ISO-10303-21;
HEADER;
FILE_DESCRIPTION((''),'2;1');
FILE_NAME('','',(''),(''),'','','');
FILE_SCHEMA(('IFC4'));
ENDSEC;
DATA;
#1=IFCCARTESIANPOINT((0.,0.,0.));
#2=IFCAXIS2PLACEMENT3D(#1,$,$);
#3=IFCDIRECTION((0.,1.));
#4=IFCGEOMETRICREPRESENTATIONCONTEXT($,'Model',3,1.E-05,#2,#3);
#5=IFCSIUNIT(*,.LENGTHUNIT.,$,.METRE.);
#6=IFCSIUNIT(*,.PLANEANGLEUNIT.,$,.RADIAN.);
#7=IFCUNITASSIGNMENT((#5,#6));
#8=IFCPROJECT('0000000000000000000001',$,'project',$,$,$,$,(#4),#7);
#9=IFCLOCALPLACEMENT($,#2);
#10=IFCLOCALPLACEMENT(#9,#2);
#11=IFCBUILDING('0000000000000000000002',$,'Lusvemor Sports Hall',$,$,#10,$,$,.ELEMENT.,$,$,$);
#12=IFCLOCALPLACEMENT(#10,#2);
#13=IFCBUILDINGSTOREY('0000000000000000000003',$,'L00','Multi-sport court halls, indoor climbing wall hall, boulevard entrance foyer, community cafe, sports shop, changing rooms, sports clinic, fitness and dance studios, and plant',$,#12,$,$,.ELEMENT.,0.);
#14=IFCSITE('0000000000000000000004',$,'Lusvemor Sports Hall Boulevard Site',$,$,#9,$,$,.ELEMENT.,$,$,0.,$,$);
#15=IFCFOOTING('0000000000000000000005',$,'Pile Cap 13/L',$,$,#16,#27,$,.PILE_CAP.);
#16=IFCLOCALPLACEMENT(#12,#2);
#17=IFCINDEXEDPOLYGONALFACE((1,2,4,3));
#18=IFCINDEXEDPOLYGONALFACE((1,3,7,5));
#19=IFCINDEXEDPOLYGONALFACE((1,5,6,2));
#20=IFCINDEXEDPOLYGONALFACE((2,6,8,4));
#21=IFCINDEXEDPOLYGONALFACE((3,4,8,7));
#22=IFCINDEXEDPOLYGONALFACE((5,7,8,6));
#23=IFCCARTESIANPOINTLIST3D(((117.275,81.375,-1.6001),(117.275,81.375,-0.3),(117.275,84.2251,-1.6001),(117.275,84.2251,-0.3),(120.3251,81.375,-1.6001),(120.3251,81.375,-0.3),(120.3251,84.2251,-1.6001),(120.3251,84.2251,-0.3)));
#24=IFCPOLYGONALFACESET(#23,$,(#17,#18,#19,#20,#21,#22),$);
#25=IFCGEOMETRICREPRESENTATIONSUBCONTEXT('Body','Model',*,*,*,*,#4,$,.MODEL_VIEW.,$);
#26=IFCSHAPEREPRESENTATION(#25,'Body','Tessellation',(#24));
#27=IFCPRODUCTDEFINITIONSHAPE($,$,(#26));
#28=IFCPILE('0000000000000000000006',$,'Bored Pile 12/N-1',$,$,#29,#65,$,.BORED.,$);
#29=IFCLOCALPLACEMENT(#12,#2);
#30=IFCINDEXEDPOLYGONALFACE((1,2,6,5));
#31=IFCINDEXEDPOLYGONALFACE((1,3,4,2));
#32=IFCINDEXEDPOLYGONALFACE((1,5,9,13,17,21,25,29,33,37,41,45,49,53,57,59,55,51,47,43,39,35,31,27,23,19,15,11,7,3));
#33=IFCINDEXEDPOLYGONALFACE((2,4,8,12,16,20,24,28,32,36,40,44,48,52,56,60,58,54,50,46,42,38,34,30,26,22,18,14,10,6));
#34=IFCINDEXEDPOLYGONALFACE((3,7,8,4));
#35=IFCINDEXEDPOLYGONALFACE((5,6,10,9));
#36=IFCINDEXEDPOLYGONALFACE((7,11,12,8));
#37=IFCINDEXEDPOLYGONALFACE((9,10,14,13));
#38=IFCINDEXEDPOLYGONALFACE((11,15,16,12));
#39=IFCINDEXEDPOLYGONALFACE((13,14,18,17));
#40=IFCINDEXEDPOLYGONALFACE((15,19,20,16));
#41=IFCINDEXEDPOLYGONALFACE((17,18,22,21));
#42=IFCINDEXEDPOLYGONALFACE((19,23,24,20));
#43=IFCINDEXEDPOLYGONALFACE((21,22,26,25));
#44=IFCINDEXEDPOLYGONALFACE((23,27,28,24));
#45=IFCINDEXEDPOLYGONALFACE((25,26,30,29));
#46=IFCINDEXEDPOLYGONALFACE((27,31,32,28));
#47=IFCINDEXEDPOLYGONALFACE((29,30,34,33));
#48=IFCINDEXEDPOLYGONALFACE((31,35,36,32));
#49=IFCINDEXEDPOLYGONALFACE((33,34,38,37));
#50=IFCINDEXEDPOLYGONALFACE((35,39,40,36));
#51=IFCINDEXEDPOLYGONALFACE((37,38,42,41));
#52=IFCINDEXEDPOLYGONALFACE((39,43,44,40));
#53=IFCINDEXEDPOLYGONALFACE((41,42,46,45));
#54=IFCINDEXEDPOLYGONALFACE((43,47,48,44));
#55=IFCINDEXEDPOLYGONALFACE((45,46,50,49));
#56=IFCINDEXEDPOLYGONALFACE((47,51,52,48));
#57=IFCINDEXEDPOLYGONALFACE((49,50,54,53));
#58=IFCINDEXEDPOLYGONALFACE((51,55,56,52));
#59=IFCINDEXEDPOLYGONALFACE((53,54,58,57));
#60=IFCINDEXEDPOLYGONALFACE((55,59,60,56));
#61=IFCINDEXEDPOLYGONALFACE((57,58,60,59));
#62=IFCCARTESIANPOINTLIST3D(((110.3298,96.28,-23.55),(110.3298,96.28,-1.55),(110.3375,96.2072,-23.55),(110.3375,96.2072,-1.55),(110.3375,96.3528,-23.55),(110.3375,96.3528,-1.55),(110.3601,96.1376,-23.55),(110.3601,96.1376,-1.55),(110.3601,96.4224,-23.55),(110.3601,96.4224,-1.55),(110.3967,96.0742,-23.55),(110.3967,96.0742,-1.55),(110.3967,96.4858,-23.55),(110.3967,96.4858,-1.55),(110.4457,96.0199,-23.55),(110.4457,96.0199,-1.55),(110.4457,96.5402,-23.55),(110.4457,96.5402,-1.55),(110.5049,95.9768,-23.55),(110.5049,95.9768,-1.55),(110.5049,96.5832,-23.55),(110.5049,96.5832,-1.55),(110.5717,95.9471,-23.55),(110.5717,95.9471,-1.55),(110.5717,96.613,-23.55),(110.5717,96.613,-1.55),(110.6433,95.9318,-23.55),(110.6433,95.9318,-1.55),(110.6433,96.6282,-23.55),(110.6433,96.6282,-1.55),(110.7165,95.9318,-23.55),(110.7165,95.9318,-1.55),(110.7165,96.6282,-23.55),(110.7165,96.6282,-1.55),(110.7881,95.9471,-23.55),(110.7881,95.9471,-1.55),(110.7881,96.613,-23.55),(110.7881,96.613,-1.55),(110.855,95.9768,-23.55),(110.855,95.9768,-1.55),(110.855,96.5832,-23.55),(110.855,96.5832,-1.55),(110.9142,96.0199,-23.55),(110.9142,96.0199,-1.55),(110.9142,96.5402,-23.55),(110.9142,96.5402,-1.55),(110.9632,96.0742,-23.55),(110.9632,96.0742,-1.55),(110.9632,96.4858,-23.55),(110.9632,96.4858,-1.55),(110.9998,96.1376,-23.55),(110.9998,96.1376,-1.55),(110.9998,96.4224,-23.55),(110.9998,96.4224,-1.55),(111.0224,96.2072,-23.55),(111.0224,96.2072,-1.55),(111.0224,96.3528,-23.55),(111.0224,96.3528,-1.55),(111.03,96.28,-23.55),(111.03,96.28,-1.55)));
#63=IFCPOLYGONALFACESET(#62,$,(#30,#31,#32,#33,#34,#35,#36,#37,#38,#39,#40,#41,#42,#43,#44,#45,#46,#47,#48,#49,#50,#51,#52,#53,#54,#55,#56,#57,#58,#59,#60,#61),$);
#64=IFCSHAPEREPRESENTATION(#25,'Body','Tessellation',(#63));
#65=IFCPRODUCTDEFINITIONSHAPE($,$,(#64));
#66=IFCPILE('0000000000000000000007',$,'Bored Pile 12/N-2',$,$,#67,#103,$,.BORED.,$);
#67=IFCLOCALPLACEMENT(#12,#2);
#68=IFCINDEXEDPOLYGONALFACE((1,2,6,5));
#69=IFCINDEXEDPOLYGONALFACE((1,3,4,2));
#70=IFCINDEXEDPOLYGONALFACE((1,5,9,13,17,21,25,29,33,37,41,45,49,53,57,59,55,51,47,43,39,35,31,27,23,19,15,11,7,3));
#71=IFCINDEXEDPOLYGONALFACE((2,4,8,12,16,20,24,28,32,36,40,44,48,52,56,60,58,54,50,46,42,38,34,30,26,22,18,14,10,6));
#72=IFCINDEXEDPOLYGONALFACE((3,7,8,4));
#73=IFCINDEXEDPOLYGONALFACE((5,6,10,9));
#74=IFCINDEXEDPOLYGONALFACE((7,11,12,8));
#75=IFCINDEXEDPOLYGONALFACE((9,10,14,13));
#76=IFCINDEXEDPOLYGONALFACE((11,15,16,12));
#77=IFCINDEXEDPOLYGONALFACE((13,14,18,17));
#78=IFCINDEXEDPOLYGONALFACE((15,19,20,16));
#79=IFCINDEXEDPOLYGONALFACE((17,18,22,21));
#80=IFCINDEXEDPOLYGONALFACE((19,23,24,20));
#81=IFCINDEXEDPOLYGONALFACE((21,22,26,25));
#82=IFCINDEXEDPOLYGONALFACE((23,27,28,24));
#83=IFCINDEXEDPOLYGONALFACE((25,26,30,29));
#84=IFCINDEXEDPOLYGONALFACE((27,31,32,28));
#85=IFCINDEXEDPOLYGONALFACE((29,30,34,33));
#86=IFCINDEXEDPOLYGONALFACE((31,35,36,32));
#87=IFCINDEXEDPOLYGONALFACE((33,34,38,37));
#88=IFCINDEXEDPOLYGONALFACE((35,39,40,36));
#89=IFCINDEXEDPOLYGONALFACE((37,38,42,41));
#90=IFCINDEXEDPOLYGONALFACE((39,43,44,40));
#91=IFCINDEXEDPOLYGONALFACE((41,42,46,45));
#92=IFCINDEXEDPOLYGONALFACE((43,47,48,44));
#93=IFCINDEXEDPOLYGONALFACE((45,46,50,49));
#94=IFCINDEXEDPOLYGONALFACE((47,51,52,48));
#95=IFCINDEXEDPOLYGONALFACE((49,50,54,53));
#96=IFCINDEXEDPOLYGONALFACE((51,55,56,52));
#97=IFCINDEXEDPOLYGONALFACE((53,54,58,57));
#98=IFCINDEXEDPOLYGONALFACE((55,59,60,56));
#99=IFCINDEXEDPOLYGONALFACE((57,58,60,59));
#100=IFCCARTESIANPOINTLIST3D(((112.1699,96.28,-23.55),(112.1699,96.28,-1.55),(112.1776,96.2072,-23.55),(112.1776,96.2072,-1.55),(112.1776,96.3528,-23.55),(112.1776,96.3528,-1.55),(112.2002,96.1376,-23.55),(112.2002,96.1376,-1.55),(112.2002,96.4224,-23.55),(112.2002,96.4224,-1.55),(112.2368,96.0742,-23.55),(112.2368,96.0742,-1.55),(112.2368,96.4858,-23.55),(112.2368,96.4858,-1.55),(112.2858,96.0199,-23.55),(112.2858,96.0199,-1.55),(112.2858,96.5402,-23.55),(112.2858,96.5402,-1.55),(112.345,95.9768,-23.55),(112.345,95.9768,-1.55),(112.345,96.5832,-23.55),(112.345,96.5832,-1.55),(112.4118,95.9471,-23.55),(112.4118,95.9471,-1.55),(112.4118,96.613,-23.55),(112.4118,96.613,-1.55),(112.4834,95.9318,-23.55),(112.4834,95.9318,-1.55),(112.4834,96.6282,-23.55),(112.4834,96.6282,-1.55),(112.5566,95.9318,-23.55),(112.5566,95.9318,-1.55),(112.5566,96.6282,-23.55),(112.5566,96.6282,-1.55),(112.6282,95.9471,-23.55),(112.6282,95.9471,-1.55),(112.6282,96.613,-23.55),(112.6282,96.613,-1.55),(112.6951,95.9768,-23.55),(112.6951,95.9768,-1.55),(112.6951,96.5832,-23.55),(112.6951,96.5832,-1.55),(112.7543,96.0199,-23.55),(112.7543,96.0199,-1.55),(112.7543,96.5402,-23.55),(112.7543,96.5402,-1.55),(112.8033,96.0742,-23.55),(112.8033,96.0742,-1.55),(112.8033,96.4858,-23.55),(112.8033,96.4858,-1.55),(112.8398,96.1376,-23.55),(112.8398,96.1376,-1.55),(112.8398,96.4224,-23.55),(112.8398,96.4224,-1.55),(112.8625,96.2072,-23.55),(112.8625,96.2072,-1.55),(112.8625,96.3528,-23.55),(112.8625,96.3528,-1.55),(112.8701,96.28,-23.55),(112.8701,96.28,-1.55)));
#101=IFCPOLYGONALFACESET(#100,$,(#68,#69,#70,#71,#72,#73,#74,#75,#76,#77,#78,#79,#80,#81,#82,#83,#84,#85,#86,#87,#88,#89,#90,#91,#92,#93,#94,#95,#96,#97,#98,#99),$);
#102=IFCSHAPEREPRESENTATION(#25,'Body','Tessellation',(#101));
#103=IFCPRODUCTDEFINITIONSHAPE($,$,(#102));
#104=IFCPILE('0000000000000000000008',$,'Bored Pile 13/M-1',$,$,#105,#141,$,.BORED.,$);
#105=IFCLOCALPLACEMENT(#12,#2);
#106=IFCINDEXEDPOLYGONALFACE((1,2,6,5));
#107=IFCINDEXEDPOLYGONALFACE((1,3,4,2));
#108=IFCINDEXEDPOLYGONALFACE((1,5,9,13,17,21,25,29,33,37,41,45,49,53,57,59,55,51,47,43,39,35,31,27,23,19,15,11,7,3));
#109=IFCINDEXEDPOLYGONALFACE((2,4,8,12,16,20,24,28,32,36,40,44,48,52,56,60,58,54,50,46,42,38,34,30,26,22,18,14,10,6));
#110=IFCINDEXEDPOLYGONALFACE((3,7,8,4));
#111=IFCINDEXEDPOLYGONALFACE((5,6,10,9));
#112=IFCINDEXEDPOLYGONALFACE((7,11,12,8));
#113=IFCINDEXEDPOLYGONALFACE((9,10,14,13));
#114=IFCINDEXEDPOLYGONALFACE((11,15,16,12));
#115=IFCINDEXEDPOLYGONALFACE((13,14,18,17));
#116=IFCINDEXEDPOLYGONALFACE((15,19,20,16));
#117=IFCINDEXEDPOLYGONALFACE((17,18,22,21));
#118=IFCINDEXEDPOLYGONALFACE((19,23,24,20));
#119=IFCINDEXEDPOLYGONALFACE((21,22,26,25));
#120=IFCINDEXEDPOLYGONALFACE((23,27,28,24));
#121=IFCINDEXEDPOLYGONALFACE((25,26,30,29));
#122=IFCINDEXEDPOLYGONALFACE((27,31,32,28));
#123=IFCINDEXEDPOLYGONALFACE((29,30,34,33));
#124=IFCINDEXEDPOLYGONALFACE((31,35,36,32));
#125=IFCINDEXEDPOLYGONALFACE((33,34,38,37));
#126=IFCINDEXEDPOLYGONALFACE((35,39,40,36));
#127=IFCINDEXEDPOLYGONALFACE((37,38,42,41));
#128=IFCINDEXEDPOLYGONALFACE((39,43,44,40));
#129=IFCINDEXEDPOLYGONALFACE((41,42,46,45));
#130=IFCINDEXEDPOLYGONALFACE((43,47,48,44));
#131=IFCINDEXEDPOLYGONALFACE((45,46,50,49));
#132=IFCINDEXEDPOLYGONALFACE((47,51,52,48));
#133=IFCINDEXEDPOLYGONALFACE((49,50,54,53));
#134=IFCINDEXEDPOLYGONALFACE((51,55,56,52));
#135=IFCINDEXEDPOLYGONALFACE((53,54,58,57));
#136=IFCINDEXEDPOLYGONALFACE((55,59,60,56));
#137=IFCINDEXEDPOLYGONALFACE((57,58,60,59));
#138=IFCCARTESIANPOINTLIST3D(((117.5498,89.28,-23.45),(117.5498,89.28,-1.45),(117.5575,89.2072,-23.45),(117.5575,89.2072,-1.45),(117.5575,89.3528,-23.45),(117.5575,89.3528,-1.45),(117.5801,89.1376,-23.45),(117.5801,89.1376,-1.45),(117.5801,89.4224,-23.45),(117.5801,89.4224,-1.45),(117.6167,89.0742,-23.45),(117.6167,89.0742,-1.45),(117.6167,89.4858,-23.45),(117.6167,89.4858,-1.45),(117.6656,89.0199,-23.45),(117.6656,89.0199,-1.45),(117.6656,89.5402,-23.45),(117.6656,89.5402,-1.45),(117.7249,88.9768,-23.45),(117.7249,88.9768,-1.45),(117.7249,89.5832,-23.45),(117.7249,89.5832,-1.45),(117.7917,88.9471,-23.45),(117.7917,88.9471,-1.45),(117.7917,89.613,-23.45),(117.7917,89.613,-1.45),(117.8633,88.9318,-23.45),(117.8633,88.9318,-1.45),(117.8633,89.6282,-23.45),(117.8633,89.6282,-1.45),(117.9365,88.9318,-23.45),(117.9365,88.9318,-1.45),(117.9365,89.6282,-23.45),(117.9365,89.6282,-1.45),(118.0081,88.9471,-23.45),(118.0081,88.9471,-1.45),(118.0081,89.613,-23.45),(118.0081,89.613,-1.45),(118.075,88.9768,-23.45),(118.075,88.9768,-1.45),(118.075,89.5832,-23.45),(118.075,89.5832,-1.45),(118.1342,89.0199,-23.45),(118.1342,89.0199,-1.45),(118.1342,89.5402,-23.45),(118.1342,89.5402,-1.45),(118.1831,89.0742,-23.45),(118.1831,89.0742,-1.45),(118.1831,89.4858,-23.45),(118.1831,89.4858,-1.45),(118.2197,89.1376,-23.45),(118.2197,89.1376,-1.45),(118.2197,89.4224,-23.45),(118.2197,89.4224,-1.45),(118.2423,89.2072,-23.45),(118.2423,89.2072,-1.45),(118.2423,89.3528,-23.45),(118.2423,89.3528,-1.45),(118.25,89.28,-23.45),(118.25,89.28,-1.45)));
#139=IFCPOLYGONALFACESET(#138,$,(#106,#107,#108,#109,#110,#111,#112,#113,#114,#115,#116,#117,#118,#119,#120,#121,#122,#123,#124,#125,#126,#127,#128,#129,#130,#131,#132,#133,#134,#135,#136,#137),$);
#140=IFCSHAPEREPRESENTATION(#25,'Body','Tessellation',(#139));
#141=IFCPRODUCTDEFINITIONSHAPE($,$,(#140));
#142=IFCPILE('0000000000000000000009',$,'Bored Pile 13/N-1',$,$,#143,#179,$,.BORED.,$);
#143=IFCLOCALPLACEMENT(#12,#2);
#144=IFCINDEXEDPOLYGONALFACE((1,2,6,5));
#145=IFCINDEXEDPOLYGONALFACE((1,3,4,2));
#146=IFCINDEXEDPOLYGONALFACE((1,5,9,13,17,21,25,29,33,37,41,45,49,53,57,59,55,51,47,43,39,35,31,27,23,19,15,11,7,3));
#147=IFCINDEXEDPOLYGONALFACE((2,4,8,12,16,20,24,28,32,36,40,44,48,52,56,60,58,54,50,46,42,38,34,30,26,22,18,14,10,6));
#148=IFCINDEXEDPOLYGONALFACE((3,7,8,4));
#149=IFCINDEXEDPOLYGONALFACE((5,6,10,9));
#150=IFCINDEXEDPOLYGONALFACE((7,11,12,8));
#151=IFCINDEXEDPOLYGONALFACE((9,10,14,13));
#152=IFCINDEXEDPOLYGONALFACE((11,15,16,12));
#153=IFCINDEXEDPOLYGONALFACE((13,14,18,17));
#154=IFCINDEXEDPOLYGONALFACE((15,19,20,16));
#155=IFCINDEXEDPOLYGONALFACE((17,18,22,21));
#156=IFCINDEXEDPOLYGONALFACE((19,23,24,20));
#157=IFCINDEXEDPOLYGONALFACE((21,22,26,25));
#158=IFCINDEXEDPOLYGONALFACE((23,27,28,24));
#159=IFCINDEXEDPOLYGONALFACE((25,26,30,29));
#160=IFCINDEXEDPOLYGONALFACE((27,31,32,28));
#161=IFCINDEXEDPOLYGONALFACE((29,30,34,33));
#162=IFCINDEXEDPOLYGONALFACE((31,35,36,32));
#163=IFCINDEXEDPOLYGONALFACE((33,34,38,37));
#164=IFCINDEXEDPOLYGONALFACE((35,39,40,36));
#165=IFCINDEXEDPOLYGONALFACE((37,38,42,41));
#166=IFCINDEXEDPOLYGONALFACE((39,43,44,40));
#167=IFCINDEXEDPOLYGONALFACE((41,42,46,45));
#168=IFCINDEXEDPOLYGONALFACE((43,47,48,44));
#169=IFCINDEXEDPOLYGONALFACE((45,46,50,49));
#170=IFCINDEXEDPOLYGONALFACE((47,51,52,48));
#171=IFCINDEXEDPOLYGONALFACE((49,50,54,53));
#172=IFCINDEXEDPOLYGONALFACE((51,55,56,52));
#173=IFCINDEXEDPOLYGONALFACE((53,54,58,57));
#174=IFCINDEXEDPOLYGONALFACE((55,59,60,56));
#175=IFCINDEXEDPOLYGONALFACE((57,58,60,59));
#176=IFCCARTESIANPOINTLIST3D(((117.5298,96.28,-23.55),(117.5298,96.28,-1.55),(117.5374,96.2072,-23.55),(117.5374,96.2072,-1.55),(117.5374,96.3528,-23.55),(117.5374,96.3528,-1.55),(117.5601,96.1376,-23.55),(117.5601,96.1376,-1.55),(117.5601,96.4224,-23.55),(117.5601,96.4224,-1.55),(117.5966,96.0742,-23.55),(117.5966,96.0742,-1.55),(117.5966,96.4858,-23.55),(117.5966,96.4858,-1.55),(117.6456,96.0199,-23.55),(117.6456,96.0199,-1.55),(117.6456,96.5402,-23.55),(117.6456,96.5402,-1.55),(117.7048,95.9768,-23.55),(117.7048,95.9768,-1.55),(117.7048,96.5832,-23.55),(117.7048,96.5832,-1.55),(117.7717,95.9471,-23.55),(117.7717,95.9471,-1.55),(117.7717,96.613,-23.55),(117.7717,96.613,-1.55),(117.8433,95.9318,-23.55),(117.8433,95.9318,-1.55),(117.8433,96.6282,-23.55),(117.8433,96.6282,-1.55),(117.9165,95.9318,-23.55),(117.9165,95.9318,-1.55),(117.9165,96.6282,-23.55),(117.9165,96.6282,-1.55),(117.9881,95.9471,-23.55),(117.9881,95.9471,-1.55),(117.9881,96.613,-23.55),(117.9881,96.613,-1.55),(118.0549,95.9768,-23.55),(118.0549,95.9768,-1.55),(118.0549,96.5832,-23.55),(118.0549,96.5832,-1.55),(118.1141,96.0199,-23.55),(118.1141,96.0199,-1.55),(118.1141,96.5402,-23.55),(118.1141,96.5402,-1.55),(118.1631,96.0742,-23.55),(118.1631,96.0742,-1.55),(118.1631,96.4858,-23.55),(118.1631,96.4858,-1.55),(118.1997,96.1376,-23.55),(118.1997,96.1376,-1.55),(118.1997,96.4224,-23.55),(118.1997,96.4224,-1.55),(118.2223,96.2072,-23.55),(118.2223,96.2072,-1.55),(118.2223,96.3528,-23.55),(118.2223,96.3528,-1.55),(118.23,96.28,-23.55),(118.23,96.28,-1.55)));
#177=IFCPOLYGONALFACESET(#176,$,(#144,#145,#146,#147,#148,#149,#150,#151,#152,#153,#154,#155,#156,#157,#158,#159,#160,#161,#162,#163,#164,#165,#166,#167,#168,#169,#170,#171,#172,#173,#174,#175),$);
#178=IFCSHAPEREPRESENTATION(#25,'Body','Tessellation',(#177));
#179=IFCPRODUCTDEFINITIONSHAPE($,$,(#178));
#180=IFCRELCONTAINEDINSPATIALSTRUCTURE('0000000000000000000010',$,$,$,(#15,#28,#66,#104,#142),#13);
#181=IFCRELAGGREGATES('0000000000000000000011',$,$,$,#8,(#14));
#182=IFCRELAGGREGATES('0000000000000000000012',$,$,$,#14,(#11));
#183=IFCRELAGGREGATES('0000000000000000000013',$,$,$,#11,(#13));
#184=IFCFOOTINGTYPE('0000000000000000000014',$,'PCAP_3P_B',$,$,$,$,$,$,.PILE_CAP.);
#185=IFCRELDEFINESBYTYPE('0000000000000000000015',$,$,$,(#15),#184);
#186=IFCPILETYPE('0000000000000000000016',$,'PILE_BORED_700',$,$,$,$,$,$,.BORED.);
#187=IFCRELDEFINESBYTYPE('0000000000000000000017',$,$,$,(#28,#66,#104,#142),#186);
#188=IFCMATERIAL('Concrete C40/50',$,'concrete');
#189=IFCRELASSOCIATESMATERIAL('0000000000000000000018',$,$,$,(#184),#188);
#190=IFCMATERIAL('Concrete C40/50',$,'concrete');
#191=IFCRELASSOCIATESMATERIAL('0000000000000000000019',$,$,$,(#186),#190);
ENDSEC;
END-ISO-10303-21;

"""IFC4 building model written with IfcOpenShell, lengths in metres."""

from ifc_helpers import new_model, si_unit, direction, frame, origin, origin_2d, place, context, subcontext, project, spatial, rectangle, circle, extrude, material, material_profile, profile_set, type_object, element, save


model = new_model("IFC4")

# Units and contexts
model_context = context("Model", 3, precision=1e-05, world=origin(), true_north=direction((0.0, 1.0)))
body_context = subcontext(model_context, "Body", "Model", "MODEL_VIEW")
ifc_project = project(units=[si_unit("LENGTHUNIT", "METRE"), si_unit("PLANEANGLEUNIT", "RADIAN")], contexts=[model_context])

# Site, building, storey
site_placement = place(None, origin())
site = spatial("IfcSite", under=ifc_project, at=site_placement, Name="Lusvemor Sports Hall Boulevard Site", CompositionType="ELEMENT", RefElevation=0.0)
building_placement = place(site_placement, origin())
building = spatial("IfcBuilding", under=site, at=building_placement, Name="Lusvemor Sports Hall", CompositionType="ELEMENT")
storey_placement = place(building_placement, origin())
storey = spatial("IfcBuildingStorey", under=building, at=storey_placement, Name="L00", Description="Multi-sport court halls, indoor climbing wall hall, boulevard entrance foyer, community cafe, sports shop, changing rooms, sports clinic, fitness and dance studios, and plant", CompositionType="ELEMENT", Elevation=0.0)

# Footing
ifc_material_1 = material(Name="Concrete C40/50", Category="concrete")
footing_type = type_object("IfcFootingType", Name="PCAP_3P_B", PredefinedType="PILE_CAP", material=ifc_material_1)
footing_placement = place(storey_placement, frame((118.8, 82.8, -1.6001), z_axis=(0.0, 0.0, 1.0), x_axis=(1.0, 0.0, 0.0)))
element("IfcFooting", 1, at=footing_placement, inside=storey, type_object=footing_type, Name="Pile Cap 13/L", PredefinedType="PILE_CAP", context=body_context, shape_type="SweptSolid", body=[
    extrude(rectangle(XDim=3.05, YDim=2.8501, at=origin_2d()), origin(), (0.0, 0.0, 1.0), 1.3),
])

# Piles
ifc_material_2 = material(Name="Concrete C40/50", Category="concrete")
ifc_material_profile_1 = material_profile(ifc_material_2, circle(Radius=0.3501, at=origin_2d()), Name="PILE700")
ifc_profile_set_1 = profile_set([ifc_material_profile_1], Name="Concrete C40/50")
pile_type = type_object("IfcPileType", Name="PILE_BORED_700", PredefinedType="BORED", material=ifc_profile_set_1)
for number, where, z_axis, x_axis, name in (
    (2, (110.6799, 96.28, -1.55), (0.0, 0.0, -1.0), (1.0, 0.0, 0.0), "Bored Pile 12/N-1"),
    (3, (112.52, 96.28, -1.55), (0.0, 0.0, -1.0), (1.0, 0.0, 0.0), "Bored Pile 12/N-2"),
    (4, (117.8999, 89.28, -1.45), (0.0, 0.0, -1.0), (1.0, 0.0, 0.0), "Bored Pile 13/M-1"),
    (5, (117.8799, 96.28, -1.55), (0.0, 0.0, -1.0), (1.0, 0.0, 0.0), "Bored Pile 13/N-1"),
):
    element("IfcPile", number, at=place(storey_placement, frame(where, z_axis=z_axis, x_axis=x_axis)), inside=storey, type_object=pile_type, Name=name, PredefinedType="BORED", context=body_context, shape_type="SweptSolid", body=[
        extrude(circle(Radius=0.3501, at=origin_2d()), origin(), (0.0, 0.0, 1.0), 22.0),
    ])

save(model, "model.ifc")
